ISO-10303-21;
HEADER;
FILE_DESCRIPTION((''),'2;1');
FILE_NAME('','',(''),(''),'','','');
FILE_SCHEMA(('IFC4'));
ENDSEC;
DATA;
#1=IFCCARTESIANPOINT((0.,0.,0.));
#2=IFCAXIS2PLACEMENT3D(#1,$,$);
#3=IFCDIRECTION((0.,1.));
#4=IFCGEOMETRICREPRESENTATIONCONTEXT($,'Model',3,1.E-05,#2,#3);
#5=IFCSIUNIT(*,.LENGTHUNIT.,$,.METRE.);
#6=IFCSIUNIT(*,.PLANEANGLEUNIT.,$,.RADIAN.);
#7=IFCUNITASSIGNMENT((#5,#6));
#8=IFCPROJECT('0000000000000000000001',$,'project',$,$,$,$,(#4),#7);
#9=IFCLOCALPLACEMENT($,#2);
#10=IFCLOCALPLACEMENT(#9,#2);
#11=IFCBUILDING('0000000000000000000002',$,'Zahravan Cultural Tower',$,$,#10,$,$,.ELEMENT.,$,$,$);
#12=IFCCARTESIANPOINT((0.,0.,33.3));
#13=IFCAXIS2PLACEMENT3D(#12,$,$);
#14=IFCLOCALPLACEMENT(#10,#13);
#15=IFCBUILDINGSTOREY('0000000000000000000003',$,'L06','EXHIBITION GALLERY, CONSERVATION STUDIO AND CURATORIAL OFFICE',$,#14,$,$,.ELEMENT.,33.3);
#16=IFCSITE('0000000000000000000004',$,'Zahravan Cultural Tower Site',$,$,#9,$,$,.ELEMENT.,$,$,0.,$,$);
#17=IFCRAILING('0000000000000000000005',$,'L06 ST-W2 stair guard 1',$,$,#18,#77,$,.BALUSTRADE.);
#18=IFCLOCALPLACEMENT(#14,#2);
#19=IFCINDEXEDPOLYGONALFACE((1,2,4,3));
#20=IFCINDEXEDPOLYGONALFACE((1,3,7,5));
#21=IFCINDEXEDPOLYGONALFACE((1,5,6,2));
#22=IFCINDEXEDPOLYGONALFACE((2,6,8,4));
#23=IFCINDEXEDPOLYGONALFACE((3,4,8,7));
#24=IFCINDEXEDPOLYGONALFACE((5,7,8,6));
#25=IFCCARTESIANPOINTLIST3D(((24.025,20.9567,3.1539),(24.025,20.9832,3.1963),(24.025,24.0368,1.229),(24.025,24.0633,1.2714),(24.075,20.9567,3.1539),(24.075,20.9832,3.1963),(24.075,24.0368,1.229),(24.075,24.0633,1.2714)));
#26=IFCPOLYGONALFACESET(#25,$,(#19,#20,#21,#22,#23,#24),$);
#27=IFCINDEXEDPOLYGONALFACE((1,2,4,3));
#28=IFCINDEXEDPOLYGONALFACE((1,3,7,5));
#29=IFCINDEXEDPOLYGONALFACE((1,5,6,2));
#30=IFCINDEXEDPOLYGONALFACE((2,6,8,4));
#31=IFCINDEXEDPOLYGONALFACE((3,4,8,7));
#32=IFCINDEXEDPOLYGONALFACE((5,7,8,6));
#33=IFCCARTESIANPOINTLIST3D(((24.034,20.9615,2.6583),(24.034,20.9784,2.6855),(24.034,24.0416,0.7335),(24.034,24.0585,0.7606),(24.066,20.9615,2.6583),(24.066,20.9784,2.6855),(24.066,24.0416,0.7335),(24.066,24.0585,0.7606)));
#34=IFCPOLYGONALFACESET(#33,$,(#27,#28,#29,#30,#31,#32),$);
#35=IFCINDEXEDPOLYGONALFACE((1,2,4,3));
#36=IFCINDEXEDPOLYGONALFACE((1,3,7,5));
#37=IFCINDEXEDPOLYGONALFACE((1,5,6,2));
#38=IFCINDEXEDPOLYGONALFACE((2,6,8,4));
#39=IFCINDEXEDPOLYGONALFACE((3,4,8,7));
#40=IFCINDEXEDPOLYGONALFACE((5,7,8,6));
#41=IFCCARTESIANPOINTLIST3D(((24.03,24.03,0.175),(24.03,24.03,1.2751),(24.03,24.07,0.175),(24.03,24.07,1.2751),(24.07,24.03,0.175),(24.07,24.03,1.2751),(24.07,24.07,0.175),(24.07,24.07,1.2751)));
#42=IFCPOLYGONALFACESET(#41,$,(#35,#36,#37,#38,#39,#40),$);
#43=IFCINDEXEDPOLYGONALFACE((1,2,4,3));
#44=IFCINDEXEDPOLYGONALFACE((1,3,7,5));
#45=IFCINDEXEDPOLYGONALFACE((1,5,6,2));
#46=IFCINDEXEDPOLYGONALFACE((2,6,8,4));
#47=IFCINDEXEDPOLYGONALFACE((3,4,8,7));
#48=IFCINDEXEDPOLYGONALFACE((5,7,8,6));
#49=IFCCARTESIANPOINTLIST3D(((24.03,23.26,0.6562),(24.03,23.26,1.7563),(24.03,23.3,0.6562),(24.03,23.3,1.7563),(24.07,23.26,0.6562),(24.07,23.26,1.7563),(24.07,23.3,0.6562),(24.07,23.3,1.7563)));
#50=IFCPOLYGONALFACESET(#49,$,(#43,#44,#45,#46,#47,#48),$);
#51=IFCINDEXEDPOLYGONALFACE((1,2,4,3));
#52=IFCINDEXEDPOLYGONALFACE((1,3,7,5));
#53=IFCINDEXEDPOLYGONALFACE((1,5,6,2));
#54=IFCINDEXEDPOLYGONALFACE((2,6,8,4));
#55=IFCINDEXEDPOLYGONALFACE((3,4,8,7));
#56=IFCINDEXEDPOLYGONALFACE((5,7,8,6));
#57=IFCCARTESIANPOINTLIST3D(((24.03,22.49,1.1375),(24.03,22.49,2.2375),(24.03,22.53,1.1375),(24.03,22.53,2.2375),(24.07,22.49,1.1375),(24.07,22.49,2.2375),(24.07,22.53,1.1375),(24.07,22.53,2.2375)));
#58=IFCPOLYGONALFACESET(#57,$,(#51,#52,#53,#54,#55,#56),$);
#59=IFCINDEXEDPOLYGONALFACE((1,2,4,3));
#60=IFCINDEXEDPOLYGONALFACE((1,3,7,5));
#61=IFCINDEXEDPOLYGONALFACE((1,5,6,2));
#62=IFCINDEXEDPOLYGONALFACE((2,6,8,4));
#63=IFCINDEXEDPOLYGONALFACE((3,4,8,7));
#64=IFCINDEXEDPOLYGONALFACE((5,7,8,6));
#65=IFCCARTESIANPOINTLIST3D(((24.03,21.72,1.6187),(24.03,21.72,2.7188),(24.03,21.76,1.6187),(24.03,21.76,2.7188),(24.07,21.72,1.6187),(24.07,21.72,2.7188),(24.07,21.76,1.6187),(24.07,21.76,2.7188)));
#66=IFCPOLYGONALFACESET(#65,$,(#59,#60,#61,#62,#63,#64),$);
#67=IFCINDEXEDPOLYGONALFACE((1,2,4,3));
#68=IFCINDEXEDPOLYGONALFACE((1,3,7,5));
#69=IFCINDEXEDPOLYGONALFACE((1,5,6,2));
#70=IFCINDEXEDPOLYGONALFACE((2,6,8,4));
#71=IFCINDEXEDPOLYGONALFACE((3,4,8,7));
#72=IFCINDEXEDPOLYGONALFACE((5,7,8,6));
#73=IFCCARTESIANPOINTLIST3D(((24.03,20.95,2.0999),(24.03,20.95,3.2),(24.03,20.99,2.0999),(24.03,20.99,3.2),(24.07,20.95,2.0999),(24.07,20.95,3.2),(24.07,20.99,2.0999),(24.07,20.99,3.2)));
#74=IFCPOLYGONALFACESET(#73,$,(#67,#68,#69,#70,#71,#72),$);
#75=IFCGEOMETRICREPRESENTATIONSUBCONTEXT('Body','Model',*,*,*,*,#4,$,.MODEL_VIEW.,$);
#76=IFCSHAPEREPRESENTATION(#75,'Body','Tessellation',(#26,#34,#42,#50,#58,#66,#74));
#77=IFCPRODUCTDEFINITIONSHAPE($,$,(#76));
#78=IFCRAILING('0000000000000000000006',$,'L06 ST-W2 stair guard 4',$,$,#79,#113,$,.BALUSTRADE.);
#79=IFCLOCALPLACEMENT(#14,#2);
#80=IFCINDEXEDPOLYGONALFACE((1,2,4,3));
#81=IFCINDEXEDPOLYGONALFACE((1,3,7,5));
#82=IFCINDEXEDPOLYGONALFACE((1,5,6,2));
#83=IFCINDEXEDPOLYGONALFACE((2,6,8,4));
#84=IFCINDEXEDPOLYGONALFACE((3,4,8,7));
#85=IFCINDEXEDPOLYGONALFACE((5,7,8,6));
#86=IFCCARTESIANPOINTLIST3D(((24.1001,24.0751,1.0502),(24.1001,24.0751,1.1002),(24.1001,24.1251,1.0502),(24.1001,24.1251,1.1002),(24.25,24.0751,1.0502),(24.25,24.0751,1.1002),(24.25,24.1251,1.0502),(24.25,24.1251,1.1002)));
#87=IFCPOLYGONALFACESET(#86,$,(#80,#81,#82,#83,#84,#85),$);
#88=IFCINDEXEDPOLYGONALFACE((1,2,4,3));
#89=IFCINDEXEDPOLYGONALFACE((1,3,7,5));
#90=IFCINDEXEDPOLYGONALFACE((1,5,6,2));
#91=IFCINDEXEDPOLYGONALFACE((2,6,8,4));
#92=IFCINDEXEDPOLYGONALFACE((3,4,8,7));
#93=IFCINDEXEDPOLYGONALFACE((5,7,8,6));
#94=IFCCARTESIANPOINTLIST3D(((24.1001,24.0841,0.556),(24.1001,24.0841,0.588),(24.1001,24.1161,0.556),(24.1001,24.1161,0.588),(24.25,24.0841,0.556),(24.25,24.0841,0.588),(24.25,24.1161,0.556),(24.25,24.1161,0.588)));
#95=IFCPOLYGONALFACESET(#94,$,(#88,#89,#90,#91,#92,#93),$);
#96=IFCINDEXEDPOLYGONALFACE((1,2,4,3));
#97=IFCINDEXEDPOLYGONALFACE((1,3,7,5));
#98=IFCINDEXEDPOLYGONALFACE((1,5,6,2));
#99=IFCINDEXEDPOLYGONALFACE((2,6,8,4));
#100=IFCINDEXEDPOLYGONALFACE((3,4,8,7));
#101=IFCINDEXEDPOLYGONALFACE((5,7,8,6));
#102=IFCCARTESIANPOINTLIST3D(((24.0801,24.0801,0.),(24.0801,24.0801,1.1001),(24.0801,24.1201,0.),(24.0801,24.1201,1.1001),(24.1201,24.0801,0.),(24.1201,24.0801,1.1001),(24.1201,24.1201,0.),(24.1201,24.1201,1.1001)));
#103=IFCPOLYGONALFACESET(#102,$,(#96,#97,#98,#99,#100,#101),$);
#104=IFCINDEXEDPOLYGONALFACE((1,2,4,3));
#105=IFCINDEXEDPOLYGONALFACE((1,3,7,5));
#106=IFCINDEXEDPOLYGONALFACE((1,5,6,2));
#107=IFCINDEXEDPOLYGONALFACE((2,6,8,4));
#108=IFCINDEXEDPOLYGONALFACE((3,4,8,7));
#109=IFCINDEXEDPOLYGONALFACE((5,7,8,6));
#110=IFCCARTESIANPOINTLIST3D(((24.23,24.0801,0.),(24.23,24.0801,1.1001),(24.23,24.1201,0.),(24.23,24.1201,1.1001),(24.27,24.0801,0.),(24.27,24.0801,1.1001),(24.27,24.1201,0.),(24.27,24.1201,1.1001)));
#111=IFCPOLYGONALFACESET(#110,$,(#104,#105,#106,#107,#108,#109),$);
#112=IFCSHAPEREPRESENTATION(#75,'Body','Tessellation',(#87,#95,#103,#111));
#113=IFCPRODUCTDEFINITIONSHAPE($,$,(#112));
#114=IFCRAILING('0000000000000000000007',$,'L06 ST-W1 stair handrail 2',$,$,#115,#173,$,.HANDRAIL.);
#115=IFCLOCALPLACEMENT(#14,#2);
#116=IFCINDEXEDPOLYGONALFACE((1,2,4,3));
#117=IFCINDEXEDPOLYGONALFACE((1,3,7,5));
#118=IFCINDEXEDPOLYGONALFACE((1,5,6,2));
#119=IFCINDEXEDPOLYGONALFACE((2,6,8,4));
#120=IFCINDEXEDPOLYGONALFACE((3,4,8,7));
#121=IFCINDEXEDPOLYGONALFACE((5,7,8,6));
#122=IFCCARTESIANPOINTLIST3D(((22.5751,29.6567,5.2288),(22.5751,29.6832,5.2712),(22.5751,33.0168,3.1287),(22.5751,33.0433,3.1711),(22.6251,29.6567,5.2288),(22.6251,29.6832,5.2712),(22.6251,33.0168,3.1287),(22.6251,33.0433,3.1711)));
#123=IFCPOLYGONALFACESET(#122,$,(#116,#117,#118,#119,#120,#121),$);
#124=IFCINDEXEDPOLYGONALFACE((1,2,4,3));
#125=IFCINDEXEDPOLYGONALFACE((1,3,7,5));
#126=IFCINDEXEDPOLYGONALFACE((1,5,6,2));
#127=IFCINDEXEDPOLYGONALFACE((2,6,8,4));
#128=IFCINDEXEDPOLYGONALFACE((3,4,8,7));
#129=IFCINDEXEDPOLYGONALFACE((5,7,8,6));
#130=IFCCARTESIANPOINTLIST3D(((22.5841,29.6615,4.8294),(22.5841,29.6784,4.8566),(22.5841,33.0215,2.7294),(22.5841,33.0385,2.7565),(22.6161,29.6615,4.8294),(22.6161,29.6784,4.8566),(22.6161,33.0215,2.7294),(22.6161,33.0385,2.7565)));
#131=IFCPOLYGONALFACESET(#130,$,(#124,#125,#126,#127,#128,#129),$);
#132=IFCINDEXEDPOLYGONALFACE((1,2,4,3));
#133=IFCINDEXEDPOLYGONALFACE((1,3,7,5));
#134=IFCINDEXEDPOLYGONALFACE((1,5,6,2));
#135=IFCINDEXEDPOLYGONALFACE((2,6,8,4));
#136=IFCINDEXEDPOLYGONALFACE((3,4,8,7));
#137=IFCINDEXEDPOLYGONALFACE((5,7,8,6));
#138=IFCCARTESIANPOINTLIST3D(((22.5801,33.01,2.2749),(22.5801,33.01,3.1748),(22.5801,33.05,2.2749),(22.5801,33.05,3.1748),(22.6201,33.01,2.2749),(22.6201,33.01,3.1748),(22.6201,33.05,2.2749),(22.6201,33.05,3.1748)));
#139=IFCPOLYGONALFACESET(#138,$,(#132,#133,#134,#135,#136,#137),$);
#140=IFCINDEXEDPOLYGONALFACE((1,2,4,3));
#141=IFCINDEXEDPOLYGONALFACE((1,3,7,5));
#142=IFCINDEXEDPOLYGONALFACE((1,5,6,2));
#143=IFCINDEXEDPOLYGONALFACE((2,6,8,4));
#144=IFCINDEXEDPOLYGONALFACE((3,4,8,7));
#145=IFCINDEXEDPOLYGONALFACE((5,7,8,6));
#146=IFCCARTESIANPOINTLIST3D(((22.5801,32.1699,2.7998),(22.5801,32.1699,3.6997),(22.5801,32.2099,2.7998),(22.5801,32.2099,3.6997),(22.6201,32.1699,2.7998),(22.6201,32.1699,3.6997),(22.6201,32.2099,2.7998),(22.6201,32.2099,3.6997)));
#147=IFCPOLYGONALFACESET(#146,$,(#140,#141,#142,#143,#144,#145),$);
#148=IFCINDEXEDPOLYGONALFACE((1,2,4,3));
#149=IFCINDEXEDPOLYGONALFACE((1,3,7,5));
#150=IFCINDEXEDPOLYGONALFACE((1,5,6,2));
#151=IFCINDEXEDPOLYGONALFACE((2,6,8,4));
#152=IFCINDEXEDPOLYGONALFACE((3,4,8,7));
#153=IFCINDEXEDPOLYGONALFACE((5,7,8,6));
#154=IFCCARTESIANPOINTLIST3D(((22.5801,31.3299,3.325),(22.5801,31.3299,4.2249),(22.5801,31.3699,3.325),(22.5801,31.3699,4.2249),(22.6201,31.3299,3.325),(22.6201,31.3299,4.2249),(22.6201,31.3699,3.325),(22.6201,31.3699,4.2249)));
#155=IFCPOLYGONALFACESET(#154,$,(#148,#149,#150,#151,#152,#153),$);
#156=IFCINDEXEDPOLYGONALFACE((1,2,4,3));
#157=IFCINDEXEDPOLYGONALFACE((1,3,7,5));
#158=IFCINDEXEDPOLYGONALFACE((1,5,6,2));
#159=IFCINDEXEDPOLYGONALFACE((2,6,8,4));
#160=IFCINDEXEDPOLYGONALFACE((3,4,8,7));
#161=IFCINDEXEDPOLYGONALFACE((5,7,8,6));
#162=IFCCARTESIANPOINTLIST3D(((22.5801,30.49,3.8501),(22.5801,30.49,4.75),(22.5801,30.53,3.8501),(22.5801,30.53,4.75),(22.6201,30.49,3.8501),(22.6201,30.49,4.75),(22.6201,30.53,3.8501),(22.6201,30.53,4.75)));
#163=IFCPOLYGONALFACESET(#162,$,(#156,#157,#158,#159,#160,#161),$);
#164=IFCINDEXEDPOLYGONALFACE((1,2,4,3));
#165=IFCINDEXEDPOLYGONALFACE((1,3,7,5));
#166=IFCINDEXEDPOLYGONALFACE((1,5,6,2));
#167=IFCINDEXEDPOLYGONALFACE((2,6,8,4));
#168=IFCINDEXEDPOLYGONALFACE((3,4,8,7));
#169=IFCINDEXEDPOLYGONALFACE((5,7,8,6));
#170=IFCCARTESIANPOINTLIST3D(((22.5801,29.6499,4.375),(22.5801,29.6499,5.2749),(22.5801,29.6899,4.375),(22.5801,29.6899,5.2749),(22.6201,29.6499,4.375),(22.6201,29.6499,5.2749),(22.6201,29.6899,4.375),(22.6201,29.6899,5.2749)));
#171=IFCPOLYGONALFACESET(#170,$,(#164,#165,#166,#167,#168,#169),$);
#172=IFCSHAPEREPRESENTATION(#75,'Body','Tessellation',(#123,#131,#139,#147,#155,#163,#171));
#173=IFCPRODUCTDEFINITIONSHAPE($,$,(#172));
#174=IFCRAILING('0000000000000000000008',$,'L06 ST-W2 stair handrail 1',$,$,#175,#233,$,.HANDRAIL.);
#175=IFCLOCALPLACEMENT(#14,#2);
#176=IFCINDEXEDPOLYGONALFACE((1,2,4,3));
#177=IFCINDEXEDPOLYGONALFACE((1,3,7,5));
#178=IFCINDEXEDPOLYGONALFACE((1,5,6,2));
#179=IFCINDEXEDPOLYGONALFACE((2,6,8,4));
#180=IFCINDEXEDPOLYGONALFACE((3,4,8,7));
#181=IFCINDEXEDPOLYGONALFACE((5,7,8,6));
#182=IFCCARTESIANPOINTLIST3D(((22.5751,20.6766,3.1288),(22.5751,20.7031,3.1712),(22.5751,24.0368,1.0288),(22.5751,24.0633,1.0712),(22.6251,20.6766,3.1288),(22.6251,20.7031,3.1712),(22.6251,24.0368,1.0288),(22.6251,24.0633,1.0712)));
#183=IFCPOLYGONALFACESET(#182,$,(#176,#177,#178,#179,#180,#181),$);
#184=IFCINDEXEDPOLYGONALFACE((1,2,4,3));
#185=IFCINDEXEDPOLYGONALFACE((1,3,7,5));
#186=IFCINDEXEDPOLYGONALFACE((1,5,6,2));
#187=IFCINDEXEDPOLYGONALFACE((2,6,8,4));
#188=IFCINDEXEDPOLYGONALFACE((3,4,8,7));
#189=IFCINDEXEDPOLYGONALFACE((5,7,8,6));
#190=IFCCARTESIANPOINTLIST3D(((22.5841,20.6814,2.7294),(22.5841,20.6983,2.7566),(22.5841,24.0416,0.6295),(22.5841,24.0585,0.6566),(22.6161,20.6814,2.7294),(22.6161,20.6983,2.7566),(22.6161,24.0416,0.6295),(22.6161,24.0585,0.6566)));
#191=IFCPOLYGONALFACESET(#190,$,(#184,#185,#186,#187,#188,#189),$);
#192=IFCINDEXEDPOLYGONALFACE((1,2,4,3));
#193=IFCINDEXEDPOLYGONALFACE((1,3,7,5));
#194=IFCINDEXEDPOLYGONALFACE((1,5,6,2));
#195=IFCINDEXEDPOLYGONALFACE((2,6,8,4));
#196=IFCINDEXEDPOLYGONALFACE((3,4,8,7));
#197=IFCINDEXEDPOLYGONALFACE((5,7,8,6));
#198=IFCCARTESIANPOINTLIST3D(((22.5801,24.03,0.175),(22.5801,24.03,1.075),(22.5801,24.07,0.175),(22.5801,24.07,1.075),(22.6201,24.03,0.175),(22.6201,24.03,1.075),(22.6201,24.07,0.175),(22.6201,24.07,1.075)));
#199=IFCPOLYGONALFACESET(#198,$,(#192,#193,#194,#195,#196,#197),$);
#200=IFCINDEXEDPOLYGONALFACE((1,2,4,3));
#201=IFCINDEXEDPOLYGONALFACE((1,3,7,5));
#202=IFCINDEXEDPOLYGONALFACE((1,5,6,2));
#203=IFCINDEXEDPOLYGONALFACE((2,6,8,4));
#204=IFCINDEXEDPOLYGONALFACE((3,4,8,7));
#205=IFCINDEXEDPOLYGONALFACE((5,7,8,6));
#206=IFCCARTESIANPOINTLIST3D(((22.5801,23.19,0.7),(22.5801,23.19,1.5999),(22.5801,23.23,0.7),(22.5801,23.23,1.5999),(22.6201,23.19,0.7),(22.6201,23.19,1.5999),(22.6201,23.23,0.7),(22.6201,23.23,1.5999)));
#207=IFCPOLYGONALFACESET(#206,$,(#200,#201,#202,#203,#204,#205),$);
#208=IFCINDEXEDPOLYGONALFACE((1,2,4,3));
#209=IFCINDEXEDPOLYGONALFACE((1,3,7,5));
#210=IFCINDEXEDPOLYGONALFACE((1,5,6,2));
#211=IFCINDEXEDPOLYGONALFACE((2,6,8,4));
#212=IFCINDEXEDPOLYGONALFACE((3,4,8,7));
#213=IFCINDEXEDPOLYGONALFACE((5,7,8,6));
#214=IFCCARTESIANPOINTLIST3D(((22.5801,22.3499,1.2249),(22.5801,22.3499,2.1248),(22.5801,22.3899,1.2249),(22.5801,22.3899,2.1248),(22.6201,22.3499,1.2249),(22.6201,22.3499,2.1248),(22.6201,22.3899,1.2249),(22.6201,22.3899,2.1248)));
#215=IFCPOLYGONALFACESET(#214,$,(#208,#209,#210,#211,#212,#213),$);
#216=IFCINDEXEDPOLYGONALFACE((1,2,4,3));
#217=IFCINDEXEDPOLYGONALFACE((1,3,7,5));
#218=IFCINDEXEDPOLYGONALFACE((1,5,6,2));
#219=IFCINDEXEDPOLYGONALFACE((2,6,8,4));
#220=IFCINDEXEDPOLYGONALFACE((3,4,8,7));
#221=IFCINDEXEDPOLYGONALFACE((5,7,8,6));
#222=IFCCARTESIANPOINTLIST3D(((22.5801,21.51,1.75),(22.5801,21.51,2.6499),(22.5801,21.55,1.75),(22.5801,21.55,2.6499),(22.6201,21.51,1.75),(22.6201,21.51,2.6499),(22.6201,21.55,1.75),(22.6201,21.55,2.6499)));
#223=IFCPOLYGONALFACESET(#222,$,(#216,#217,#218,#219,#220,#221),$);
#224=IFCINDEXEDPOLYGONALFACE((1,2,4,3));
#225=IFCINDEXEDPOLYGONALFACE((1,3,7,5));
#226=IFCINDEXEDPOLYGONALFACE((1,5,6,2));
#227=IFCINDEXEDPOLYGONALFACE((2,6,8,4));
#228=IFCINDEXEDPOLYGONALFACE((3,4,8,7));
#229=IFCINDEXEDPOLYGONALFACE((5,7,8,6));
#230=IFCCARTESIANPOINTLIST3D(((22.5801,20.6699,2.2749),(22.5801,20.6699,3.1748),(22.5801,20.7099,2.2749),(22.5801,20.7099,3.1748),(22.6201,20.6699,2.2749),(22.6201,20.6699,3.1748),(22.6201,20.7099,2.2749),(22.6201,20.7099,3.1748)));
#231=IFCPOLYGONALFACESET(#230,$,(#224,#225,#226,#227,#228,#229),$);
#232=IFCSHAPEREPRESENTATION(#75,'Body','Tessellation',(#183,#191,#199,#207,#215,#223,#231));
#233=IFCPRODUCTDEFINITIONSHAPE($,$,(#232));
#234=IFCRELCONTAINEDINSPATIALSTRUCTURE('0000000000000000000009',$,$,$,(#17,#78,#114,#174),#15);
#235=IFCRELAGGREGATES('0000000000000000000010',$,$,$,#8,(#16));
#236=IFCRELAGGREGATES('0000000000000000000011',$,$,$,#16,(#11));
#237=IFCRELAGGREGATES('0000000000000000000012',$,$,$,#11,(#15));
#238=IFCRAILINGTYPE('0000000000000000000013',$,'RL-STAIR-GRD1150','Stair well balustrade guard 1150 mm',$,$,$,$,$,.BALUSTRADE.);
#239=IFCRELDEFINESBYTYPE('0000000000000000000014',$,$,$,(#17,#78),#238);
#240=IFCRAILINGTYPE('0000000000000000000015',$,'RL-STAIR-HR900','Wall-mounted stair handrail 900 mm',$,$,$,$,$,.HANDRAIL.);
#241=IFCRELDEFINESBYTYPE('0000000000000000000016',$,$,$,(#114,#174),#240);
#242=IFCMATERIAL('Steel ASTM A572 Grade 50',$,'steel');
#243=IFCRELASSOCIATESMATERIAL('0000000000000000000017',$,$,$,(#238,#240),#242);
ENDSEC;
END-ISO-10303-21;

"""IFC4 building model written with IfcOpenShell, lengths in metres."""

from ifc_helpers import new_model, si_unit, direction, frame, origin, origin_2d, place, context, subcontext, project, spatial, rectangle, extrude, material, type_object, element, save


model = new_model("IFC4")

# Units and contexts
model_context = context("Model", 3, precision=1e-05, world=origin(), true_north=direction((0.0, 1.0)))
body_context = subcontext(model_context, "Body", "Model", "MODEL_VIEW")
ifc_project = project(units=[si_unit("LENGTHUNIT", "METRE"), si_unit("PLANEANGLEUNIT", "RADIAN")], contexts=[model_context])

# Site, building, storey
site_placement = place(None, origin())
site = spatial("IfcSite", under=ifc_project, at=site_placement, Name="Zahravan Cultural Tower Site", CompositionType="ELEMENT", RefElevation=0.0)
building_placement = place(site_placement, origin())
building = spatial("IfcBuilding", under=site, at=building_placement, Name="Zahravan Cultural Tower", CompositionType="ELEMENT")
storey_placement = place(building_placement, frame((0.0, 0.0, 33.3)))
storey = spatial("IfcBuildingStorey", under=building, at=storey_placement, Name="L06", Description="EXHIBITION GALLERY, CONSERVATION STUDIO AND CURATORIAL OFFICE", CompositionType="ELEMENT", Elevation=33.3)

# Shared definitions
ifc_material_1 = material(Name="Steel ASTM A572 Grade 50", Category="steel")

# Railings
railing_type_1 = type_object("IfcRailingType", Name="RL-STAIR-GRD1150", Description="Stair well balustrade guard 1150 mm", PredefinedType="BALUSTRADE", material=ifc_material_1)
railing_1_placement = place(storey_placement, frame((24.05, 24.05, 0.175)))
element("IfcRailing", 1, at=railing_1_placement, inside=storey, type_object=railing_type_1, Name="L06 ST-W2 stair guard 1", PredefinedType="BALUSTRADE", context=body_context, shape_type="SweptSolid", body=[
    extrude(rectangle(XDim=0.05, YDim=0.05, at=origin_2d()), frame((0.0, 0.0, 1.0752), z_axis=(0.0, -0.848029, 0.529951), x_axis=(1.0, 0.0, 0.0)), (0.0, 0.0, 1.0), 3.6321),
    extrude(rectangle(XDim=0.032, YDim=0.032, at=origin_2d()), frame((0.0, 0.0, 0.572), z_axis=(0.0, -0.848029, 0.529951), x_axis=(1.0, 0.0, 0.0)), (0.0, 0.0, 1.0), 3.6321),
    extrude(rectangle(XDim=0.04, YDim=0.04, at=origin_2d()), origin(), (0.0, 0.0, 1.0), 1.1001),
    extrude(rectangle(XDim=0.04, YDim=0.04, at=origin_2d()), frame((0.0, -0.77, 0.4812)), (0.0, 0.0, 1.0), 1.1001),
    extrude(rectangle(XDim=0.04, YDim=0.04, at=origin_2d()), frame((0.0, -1.54, 0.9624)), (0.0, 0.0, 1.0), 1.1001),
    extrude(rectangle(XDim=0.04, YDim=0.04, at=origin_2d()), frame((0.0, -2.3101, 1.4436)), (0.0, 0.0, 1.0), 1.1001),
    extrude(rectangle(XDim=0.04, YDim=0.04, at=origin_2d()), frame((0.0, -3.0801, 1.9248)), (0.0, 0.0, 1.0), 1.1001),
])
railing_2_placement = place(storey_placement, frame((24.1001, 24.1001, 0.0)))
element("IfcRailing", 2, at=railing_2_placement, inside=storey, type_object=railing_type_1, Name="L06 ST-W2 stair guard 4", PredefinedType="BALUSTRADE", context=body_context, shape_type="SweptSolid", body=[
    extrude(rectangle(XDim=0.05, YDim=0.05, at=origin_2d()), frame((0.0, 0.0, 1.0752), z_axis=(1.0, 0.0, 0.0), x_axis=(0.0, 1.0, 0.0)), (0.0, 0.0, 1.0), 0.1499),
    extrude(rectangle(XDim=0.032, YDim=0.032, at=origin_2d()), frame((0.0, 0.0, 0.572), z_axis=(1.0, 0.0, 0.0), x_axis=(0.0, 1.0, 0.0)), (0.0, 0.0, 1.0), 0.1499),
    extrude(rectangle(XDim=0.04, YDim=0.04, at=origin_2d()), origin(), (0.0, 0.0, 1.0), 1.1001),
    extrude(rectangle(XDim=0.04, YDim=0.04, at=origin_2d()), frame((0.1499, 0.0, 0.0)), (0.0, 0.0, 1.0), 1.1001),
])
railing_type_2 = type_object("IfcRailingType", Name="RL-STAIR-HR900", Description="Wall-mounted stair handrail 900 mm", PredefinedType="HANDRAIL", material=ifc_material_1)
railing_3_placement = place(storey_placement, frame((22.6001, 33.03, 2.2749)))
element("IfcRailing", 3, at=railing_3_placement, inside=storey, type_object=railing_type_2, Name="L06 ST-W1 stair handrail 2", PredefinedType="HANDRAIL", context=body_context, shape_type="SweptSolid", body=[
    extrude(rectangle(XDim=0.05, YDim=0.05, at=origin_2d()), frame((0.0, 0.0, 0.875), z_axis=(0.0, -0.847995, 0.530004), x_axis=(1.0, 0.0, 0.0)), (0.0, 0.0, 1.0), 3.9624),
    extrude(rectangle(XDim=0.032, YDim=0.032, at=origin_2d()), frame((0.0, 0.0, 0.468), z_axis=(0.0, -0.847995, 0.530004), x_axis=(1.0, 0.0, 0.0)), (0.0, 0.0, 1.0), 3.9624),
    extrude(rectangle(XDim=0.04, YDim=0.04, at=origin_2d()), origin(), (0.0, 0.0, 1.0), 0.8999),
    extrude(rectangle(XDim=0.04, YDim=0.04, at=origin_2d()), frame((0.0, -0.8401, 0.5249)), (0.0, 0.0, 1.0), 0.8999),
    extrude(rectangle(XDim=0.04, YDim=0.04, at=origin_2d()), frame((0.0, -1.6802, 1.05)), (0.0, 0.0, 1.0), 0.8999),
    extrude(rectangle(XDim=0.04, YDim=0.04, at=origin_2d()), frame((0.0, -2.52, 1.5752)), (0.0, 0.0, 1.0), 0.8999),
    extrude(rectangle(XDim=0.04, YDim=0.04, at=origin_2d()), frame((0.0, -3.3601, 2.1001)), (0.0, 0.0, 1.0), 0.8999),
])
railing_4_placement = place(storey_placement, frame((22.6001, 24.05, 0.175)))
element("IfcRailing", 4, at=railing_4_placement, inside=storey, type_object=railing_type_2, Name="L06 ST-W2 stair handrail 1", PredefinedType="HANDRAIL", context=body_context, shape_type="SweptSolid", body=[
    extrude(rectangle(XDim=0.05, YDim=0.05, at=origin_2d()), frame((0.0, 0.0, 0.875), z_axis=(0.0, -0.848023, 0.52996), x_axis=(1.0, 0.0, 0.0)), (0.0, 0.0, 1.0), 3.9624),
    extrude(rectangle(XDim=0.032, YDim=0.032, at=origin_2d()), frame((0.0, 0.0, 0.468), z_axis=(0.0, -0.848023, 0.52996), x_axis=(1.0, 0.0, 0.0)), (0.0, 0.0, 1.0), 3.9624),
    extrude(rectangle(XDim=0.04, YDim=0.04, at=origin_2d()), origin(), (0.0, 0.0, 1.0), 0.8999),
    extrude(rectangle(XDim=0.04, YDim=0.04, at=origin_2d()), frame((0.0, -0.8401, 0.5249)), (0.0, 0.0, 1.0), 0.8999),
    extrude(rectangle(XDim=0.04, YDim=0.04, at=origin_2d()), frame((0.0, -1.6802, 1.0498)), (0.0, 0.0, 1.0), 0.8999),
    extrude(rectangle(XDim=0.04, YDim=0.04, at=origin_2d()), frame((0.0, -2.52, 1.575)), (0.0, 0.0, 1.0), 0.8999),
    extrude(rectangle(XDim=0.04, YDim=0.04, at=origin_2d()), frame((0.0, -3.3601, 2.0999)), (0.0, 0.0, 1.0), 0.8999),
])

save(model, "model.ifc")
